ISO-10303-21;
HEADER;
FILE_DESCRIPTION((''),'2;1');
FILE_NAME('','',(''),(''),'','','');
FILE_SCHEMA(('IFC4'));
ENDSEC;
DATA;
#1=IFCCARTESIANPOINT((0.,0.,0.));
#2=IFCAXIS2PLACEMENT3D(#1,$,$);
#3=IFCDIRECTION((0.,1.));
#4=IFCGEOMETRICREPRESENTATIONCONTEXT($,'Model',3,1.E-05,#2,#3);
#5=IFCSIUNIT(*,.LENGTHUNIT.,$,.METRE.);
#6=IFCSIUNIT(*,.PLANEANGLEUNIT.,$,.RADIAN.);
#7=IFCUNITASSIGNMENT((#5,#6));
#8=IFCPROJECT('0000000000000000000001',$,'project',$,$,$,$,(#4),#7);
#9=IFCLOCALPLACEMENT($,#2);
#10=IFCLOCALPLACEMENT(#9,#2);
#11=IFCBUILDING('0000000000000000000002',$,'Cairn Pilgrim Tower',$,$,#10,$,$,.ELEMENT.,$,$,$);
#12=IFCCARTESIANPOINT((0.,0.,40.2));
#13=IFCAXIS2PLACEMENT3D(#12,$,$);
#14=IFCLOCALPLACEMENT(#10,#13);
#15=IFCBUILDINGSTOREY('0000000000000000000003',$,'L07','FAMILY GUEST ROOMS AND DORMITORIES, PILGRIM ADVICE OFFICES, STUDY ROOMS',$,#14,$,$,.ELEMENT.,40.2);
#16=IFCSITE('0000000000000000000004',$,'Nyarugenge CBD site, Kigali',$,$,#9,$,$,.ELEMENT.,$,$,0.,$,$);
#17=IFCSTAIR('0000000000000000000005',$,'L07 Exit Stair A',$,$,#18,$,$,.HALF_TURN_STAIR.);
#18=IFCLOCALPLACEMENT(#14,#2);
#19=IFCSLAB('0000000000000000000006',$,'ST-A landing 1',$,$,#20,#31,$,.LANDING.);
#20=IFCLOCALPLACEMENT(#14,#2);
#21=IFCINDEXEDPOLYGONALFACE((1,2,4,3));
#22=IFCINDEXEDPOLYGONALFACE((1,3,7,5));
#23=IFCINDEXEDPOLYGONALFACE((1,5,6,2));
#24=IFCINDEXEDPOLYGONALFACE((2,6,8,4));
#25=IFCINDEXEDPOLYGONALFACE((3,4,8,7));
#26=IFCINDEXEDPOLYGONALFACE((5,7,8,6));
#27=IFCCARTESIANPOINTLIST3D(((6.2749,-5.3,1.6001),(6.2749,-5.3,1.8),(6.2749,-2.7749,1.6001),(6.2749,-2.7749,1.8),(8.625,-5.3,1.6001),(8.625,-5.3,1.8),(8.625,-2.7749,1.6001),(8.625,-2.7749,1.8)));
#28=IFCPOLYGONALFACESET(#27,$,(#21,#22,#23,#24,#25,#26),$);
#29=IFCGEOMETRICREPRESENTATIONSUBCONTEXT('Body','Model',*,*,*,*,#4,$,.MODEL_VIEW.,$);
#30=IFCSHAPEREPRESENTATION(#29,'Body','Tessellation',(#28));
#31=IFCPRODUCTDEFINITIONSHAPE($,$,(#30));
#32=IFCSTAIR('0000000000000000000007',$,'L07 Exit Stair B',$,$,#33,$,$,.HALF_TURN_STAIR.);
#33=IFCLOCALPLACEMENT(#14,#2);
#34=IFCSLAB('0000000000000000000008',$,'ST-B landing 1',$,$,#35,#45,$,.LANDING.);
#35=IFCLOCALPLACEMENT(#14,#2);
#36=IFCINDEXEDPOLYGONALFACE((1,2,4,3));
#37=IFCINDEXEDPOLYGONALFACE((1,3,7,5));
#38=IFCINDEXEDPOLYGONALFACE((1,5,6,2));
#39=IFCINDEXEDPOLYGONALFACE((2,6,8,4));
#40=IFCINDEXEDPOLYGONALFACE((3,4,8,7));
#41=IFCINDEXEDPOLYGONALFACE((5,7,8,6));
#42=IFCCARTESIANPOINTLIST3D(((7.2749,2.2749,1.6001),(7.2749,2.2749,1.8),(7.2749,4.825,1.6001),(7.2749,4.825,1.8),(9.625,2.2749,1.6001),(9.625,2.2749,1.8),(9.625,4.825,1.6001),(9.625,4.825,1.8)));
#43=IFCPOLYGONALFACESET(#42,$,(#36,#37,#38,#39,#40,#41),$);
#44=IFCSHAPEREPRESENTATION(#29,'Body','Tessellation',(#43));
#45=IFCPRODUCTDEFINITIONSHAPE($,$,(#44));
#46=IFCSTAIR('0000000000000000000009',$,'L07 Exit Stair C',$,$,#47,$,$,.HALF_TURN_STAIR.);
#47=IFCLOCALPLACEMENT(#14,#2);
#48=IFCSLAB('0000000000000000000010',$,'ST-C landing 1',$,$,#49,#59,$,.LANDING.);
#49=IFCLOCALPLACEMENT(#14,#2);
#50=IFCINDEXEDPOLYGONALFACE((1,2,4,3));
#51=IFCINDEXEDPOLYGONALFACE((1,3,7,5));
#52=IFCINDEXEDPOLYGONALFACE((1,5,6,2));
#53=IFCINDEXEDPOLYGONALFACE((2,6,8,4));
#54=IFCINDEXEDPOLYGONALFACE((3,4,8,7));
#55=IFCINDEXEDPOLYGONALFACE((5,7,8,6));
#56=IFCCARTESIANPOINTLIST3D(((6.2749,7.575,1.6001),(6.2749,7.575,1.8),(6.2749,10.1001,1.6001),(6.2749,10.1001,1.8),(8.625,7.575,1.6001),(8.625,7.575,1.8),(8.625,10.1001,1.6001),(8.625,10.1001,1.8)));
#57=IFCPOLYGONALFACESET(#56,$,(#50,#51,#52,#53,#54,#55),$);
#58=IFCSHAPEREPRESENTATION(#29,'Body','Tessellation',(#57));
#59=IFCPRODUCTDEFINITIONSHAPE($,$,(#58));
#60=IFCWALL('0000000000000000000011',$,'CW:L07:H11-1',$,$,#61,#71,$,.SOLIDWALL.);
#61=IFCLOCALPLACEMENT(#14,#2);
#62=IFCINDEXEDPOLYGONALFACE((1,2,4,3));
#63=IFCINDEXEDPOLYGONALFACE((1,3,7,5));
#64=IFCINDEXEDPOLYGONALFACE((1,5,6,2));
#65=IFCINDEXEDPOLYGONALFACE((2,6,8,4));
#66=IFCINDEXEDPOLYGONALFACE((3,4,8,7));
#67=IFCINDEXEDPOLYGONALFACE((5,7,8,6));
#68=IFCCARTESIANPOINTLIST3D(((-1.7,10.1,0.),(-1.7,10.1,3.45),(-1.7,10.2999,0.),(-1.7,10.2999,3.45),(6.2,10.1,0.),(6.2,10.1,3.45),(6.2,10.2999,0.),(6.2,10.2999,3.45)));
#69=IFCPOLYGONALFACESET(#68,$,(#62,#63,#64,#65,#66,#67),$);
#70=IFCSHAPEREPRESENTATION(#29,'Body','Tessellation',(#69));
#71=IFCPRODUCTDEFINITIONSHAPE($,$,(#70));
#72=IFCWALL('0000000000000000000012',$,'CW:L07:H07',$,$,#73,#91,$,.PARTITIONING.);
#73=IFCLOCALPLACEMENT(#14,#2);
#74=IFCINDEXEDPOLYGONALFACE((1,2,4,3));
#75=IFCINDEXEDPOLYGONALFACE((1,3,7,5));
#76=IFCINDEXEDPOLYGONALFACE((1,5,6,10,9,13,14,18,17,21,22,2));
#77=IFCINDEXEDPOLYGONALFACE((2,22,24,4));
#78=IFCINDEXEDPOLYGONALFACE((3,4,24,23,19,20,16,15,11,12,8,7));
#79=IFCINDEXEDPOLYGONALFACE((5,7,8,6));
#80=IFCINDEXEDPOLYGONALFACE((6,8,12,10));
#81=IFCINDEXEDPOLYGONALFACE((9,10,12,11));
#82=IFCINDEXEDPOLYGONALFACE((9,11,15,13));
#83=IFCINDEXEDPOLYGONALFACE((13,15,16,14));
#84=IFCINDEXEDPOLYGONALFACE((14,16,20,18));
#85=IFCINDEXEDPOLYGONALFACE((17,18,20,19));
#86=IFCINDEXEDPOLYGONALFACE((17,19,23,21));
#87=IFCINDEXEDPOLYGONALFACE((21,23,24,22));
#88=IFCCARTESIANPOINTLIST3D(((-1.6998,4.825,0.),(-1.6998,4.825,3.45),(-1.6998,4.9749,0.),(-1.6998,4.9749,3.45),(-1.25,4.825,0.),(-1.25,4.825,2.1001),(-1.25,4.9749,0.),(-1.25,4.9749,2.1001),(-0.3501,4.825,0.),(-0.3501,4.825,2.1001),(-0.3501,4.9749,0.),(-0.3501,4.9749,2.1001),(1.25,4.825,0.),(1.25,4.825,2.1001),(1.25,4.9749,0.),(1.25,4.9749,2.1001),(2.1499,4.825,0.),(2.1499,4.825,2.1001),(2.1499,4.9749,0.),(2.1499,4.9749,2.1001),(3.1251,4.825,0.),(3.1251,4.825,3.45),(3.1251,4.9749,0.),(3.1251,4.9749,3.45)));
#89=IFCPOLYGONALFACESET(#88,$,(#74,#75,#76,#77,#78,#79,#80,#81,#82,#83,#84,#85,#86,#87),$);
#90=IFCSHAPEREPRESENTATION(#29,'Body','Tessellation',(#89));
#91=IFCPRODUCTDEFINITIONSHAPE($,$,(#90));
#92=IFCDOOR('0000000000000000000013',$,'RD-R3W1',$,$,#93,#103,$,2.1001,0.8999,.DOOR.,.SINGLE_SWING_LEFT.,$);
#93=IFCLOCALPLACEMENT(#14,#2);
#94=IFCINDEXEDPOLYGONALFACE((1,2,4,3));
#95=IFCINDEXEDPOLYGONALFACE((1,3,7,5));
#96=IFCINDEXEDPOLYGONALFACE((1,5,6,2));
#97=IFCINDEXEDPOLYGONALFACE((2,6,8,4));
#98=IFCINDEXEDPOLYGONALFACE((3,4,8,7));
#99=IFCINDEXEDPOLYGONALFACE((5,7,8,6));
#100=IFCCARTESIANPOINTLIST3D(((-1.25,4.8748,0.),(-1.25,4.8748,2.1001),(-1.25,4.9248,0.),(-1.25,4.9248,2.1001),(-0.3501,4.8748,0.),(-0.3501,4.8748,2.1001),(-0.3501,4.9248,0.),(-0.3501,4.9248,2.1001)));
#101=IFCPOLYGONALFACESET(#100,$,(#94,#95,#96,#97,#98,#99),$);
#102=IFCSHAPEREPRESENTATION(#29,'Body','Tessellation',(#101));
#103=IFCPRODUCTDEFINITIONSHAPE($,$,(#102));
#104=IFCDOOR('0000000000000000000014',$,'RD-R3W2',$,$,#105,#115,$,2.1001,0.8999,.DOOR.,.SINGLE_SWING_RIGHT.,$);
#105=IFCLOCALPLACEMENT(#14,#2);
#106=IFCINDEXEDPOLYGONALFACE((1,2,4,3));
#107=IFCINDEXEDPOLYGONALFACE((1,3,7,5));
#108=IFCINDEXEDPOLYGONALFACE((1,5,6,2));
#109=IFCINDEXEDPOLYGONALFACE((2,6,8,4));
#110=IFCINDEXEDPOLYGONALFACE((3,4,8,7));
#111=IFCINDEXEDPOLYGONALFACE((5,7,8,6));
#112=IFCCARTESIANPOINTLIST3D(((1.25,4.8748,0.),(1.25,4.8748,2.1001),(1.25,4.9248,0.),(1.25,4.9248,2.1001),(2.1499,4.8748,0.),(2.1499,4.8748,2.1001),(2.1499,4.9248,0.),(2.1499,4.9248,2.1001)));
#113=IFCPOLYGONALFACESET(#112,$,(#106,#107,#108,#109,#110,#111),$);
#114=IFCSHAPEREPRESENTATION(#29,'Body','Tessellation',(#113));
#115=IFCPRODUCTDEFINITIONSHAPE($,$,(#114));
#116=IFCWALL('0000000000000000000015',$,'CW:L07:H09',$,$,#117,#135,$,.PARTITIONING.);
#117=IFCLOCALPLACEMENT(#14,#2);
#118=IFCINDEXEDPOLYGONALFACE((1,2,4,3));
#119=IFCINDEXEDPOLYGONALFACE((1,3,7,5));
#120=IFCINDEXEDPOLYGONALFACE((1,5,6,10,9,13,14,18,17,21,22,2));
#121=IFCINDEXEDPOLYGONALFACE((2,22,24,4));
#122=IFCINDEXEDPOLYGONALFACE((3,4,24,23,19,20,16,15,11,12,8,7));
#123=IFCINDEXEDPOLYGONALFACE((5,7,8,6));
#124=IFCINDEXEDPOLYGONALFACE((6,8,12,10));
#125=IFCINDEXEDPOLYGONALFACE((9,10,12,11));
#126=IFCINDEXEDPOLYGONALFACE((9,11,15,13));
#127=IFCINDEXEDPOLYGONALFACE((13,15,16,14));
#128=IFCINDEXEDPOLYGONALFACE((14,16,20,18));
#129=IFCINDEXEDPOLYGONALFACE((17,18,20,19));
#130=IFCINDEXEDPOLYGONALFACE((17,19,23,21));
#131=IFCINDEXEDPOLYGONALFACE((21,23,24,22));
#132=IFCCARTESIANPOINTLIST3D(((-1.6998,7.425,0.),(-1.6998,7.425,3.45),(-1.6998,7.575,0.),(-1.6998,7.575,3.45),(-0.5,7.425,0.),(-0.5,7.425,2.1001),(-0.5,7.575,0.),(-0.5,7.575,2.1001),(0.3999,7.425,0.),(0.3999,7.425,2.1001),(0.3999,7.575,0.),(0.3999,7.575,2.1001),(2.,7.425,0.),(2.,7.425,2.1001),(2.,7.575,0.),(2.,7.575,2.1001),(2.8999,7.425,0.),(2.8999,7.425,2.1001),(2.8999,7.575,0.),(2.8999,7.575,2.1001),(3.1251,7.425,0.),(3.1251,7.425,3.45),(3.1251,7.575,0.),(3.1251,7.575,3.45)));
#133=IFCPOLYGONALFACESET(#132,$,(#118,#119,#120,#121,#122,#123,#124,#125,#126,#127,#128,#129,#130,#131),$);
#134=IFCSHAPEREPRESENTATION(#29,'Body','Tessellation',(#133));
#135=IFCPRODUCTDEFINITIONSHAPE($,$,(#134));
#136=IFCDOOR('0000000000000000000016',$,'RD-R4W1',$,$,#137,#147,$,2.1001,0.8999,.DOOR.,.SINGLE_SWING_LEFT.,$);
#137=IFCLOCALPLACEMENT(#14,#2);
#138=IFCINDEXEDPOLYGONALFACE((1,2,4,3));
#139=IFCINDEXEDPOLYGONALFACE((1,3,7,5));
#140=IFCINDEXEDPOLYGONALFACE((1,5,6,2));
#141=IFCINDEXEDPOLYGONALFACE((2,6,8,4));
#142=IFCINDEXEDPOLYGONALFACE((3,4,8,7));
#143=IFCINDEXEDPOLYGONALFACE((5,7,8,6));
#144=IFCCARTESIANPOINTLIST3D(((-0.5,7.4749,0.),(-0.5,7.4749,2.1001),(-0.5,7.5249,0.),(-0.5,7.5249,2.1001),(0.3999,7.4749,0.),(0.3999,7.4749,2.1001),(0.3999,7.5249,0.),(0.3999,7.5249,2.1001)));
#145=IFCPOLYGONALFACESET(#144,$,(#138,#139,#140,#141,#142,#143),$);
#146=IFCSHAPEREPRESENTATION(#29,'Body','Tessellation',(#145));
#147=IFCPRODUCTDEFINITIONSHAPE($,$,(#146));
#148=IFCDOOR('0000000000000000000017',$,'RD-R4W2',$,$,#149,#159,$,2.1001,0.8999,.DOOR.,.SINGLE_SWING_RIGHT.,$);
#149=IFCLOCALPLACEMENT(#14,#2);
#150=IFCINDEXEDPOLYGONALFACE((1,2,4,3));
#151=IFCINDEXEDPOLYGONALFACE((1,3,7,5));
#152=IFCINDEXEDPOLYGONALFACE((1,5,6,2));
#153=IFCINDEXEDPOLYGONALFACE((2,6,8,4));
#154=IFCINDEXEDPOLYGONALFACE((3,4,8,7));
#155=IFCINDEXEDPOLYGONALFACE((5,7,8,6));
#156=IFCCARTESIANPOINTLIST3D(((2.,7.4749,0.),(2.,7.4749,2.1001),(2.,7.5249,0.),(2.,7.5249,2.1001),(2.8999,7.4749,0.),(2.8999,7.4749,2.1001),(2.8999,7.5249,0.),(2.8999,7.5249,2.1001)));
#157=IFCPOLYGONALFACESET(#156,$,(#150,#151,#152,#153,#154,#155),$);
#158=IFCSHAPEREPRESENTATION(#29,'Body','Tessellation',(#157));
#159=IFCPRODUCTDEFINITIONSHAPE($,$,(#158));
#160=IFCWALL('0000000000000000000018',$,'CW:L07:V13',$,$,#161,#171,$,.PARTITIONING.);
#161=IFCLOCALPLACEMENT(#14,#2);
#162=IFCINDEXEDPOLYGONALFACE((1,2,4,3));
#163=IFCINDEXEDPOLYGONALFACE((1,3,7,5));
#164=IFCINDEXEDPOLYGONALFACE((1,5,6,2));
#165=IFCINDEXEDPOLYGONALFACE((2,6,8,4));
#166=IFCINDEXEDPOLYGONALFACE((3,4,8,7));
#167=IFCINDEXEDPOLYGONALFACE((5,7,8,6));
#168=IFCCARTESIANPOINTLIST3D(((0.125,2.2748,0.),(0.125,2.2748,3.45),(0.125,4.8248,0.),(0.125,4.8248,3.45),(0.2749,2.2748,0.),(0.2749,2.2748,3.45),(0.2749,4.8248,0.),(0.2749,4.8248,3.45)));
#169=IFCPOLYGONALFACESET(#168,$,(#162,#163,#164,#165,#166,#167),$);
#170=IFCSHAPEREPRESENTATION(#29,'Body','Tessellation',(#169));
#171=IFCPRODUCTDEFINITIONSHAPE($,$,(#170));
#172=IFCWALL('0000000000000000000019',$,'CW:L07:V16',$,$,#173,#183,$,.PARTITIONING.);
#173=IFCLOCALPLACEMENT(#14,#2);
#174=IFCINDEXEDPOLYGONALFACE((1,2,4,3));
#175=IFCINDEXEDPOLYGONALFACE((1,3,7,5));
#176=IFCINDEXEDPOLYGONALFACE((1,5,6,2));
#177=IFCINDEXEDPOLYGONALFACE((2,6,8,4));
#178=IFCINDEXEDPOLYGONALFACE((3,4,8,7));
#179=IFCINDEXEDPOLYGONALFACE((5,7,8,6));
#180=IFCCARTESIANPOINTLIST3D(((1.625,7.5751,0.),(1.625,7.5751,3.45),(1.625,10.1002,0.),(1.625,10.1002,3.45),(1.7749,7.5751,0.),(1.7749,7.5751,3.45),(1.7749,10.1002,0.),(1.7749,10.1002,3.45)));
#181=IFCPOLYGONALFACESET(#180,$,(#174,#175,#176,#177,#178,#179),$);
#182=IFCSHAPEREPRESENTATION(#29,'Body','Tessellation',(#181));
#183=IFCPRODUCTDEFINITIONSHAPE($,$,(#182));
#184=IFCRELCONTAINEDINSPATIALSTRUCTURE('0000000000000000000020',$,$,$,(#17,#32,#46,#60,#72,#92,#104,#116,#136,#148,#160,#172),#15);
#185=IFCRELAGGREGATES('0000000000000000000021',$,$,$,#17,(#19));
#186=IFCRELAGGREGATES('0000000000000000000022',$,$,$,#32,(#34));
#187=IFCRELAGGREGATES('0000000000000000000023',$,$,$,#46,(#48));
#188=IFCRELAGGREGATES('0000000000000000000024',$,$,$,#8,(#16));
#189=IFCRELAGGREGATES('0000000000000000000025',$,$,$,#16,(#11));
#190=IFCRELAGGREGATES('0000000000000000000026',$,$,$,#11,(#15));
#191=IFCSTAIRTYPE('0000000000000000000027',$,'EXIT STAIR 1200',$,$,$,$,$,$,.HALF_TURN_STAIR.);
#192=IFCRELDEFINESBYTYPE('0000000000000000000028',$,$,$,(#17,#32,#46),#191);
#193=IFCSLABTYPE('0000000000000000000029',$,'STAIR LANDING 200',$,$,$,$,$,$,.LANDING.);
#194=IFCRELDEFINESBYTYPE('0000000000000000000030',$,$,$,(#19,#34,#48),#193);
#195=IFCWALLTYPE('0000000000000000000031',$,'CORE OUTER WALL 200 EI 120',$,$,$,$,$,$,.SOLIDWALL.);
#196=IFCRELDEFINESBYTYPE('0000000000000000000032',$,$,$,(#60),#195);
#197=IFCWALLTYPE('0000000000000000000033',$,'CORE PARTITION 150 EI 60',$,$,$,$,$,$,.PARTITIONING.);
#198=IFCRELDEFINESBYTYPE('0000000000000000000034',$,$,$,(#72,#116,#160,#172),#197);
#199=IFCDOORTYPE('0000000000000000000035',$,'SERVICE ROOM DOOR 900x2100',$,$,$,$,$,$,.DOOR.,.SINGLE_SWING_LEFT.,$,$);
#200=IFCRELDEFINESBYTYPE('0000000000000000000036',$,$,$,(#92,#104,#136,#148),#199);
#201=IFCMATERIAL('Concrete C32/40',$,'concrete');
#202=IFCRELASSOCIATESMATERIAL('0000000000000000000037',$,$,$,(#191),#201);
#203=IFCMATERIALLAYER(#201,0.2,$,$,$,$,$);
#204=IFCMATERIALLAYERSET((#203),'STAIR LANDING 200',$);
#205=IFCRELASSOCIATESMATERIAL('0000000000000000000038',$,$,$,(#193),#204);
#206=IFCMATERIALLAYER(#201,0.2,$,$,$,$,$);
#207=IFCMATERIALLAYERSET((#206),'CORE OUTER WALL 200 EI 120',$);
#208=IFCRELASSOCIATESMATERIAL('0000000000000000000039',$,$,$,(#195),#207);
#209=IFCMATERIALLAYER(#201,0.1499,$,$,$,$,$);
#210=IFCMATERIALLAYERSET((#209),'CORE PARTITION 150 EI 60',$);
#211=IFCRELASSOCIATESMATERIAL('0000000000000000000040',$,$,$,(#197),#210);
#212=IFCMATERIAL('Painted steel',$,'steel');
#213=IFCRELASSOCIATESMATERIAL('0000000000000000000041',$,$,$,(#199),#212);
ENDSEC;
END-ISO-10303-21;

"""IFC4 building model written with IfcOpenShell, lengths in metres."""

from ifc_helpers import new_model, si_unit, direction, frame, frame_2d, origin, place, context, subcontext, project, spatial, polyline, rectangle, outline, extrude, material, layer, layer_set, type_object, element, fill, aggregate, save


model = new_model("IFC4")

# Units and contexts
model_context = context("Model", 3, precision=1e-05, world=origin(), true_north=direction((0.0, 1.0)))
body_context = subcontext(model_context, "Body", "Model", "MODEL_VIEW")
ifc_project = project(units=[si_unit("LENGTHUNIT", "METRE"), si_unit("PLANEANGLEUNIT", "RADIAN")], contexts=[model_context])

# Site, building, storey
site_placement = place(None, origin())
site = spatial("IfcSite", under=ifc_project, at=site_placement, Name="Nyarugenge CBD site, Kigali", CompositionType="ELEMENT", RefElevation=0.0)
building_placement = place(site_placement, origin())
building = spatial("IfcBuilding", under=site, at=building_placement, Name="Cairn Pilgrim Tower", CompositionType="ELEMENT")
storey_placement = place(building_placement, frame((0.0, 0.0, 40.2)))
storey = spatial("IfcBuildingStorey", under=building, at=storey_placement, Name="L07", Description="FAMILY GUEST ROOMS AND DORMITORIES, PILGRIM ADVICE OFFICES, STUDY ROOMS", CompositionType="ELEMENT", Elevation=40.2)

# Stairs, slabs
ifc_material_1 = material(Name="Concrete C32/40", Category="concrete")
stair_type = type_object("IfcStairType", Name="EXIT STAIR 1200", PredefinedType="HALF_TURN_STAIR", material=ifc_material_1)
stair_1_placement = place(storey_placement, origin())
stair_1 = element("IfcStair", 1, at=stair_1_placement, inside=storey, type_object=stair_type, Name="L07 Exit Stair A", PredefinedType="HALF_TURN_STAIR")
ifc_layer_1 = layer(ifc_material_1, 0.2)
ifc_layer_set_1 = layer_set([ifc_layer_1], Name="STAIR LANDING 200")
slab_type_1 = type_object("IfcSlabType", Name="STAIR LANDING 200", PredefinedType="LANDING", material=ifc_layer_set_1)
slab_1_placement = place(storey_placement, frame((0.0, 0.0, 1.6001)))
slab_1 = element("IfcSlab", 2, at=slab_1_placement, type_object=slab_type_1, Name="ST-A landing 1", PredefinedType="LANDING", context=body_context, shape_type="SweptSolid", body=[
    extrude(outline(polyline([(8.625, -2.7749), (6.2749, -2.7749), (6.2749, -5.3), (8.625, -5.3), (8.625, -2.7749)])), origin(), (0.0, 0.0, 1.0), 0.2),
])
aggregate(stair_1, [slab_1])
stair_2_placement = place(storey_placement, origin())
stair_2 = element("IfcStair", 3, at=stair_2_placement, inside=storey, type_object=stair_type, Name="L07 Exit Stair B", PredefinedType="HALF_TURN_STAIR")
slab_2_placement = place(storey_placement, frame((0.0, 0.0, 1.6001)))
slab_2 = element("IfcSlab", 4, at=slab_2_placement, type_object=slab_type_1, Name="ST-B landing 1", PredefinedType="LANDING", context=body_context, shape_type="SweptSolid", body=[
    extrude(outline(polyline([(7.2749, 2.2749), (9.625, 2.2749), (9.625, 4.825), (7.2749, 4.825), (7.2749, 2.2749)])), origin(), (0.0, 0.0, 1.0), 0.2),
])
aggregate(stair_2, [slab_2])
stair_3_placement = place(storey_placement, origin())
stair_3 = element("IfcStair", 5, at=stair_3_placement, inside=storey, type_object=stair_type, Name="L07 Exit Stair C", PredefinedType="HALF_TURN_STAIR")
slab_3_placement = place(storey_placement, frame((0.0, 0.0, 1.6001)))
slab_3 = element("IfcSlab", 6, at=slab_3_placement, type_object=slab_type_1, Name="ST-C landing 1", PredefinedType="LANDING", context=body_context, shape_type="SweptSolid", body=[
    extrude(outline(polyline([(8.625, 10.1001), (6.2749, 10.1001), (6.2749, 7.575), (8.625, 7.575), (8.625, 10.1001)])), origin(), (0.0, 0.0, 1.0), 0.2),
])
aggregate(stair_3, [slab_3])

# Wall
ifc_layer_2 = layer(ifc_material_1, 0.2)
ifc_layer_set_2 = layer_set([ifc_layer_2], Name="CORE OUTER WALL 200 EI 120")
wall_type_1 = type_object("IfcWallType", Name="CORE OUTER WALL 200 EI 120", PredefinedType="SOLIDWALL", material=ifc_layer_set_2)
wall_1_placement = place(storey_placement, frame((-1.7, 10.2, 0.0), z_axis=(0.0, 0.0, 1.0), x_axis=(1.0, 0.0, 0.0)))
element("IfcWall", 7, at=wall_1_placement, inside=storey, type_object=wall_type_1, Name="CW:L07:H11-1", PredefinedType="SOLIDWALL", context=body_context, shape_type="SweptSolid", body=[
    extrude(rectangle(XDim=7.8999, YDim=0.2, at=frame_2d((3.95, 0.0))), origin(), (0.0, 0.0, 1.0), 3.45),
])

# Walls, openings, doors
ifc_layer_3 = layer(ifc_material_1, 0.1499)
ifc_layer_set_3 = layer_set([ifc_layer_3], Name="CORE PARTITION 150 EI 60")
wall_type_2 = type_object("IfcWallType", Name="CORE PARTITION 150 EI 60", PredefinedType="PARTITIONING", material=ifc_layer_set_3)
wall_2_placement = place(storey_placement, frame((-1.7, 4.8999, 0.0), z_axis=(0.0, 0.0, 1.0), x_axis=(1.0, 0.0, 0.0)))
wall_2 = element("IfcWall", 8, at=wall_2_placement, inside=storey, type_object=wall_type_2, Name="CW:L07:H07", PredefinedType="PARTITIONING", context=body_context, shape_type="SweptSolid", body=[
    extrude(rectangle(XDim=4.825, YDim=0.1499, at=frame_2d((2.4126, 0.0))), origin(), (0.0, 0.0, 1.0), 3.45),
])
opening_1_placement = place(wall_2_placement, frame((0.45, 0.0, 0.0)))
opening_1 = element("IfcOpeningElement", 9, at=opening_1_placement, cuts=wall_2, PredefinedType="OPENING", context=body_context, shape_type="SweptSolid", body=[
    extrude(rectangle(XDim=0.8999, YDim=2.1001, at=frame_2d((0.45, 1.05))), frame((0.0, 0.085, 0.0), z_axis=(0.0, -1.0, 0.0), x_axis=(1.0, 0.0, 0.0)), (0.0, 0.0, 1.0), 0.1699),
])
opening_2_placement = place(wall_2_placement, frame((2.95, 0.0, 0.0)))
opening_2 = element("IfcOpeningElement", 10, at=opening_2_placement, cuts=wall_2, PredefinedType="OPENING", context=body_context, shape_type="SweptSolid", body=[
    extrude(rectangle(XDim=0.8999, YDim=2.1001, at=frame_2d((0.45, 1.05))), frame((0.0, 0.085, 0.0), z_axis=(0.0, -1.0, 0.0), x_axis=(1.0, 0.0, 0.0)), (0.0, 0.0, 1.0), 0.1699),
])
ifc_material_2 = material(Name="Painted steel", Category="steel")
door_type = type_object("IfcDoorType", Name="SERVICE ROOM DOOR 900x2100", OperationType="SINGLE_SWING_LEFT", PredefinedType="DOOR", material=ifc_material_2)
door_1_placement = place(opening_1_placement, origin())
door_1 = element("IfcDoor", 11, at=door_1_placement, inside=storey, type_object=door_type, Name="RD-R3W1", OperationType="SINGLE_SWING_LEFT", OverallHeight=2.1001, OverallWidth=0.8999, PredefinedType="DOOR", context=body_context, shape_type="SweptSolid", body=[
    extrude(rectangle(XDim=0.8999, YDim=2.1001, at=frame_2d((0.45, 1.05))), frame((0.0, 0.0249, 0.0), z_axis=(0.0, -1.0, 0.0), x_axis=(1.0, 0.0, 0.0)), (0.0, 0.0, 1.0), 0.05),
])
fill(opening_1, door_1)
door_2_placement = place(opening_2_placement, origin())
door_2 = element("IfcDoor", 12, at=door_2_placement, inside=storey, type_object=door_type, Name="RD-R3W2", OperationType="SINGLE_SWING_RIGHT", OverallHeight=2.1001, OverallWidth=0.8999, PredefinedType="DOOR", context=body_context, shape_type="SweptSolid", body=[
    extrude(rectangle(XDim=0.8999, YDim=2.1001, at=frame_2d((0.45, 1.05))), frame((0.0, 0.0249, 0.0), z_axis=(0.0, -1.0, 0.0), x_axis=(1.0, 0.0, 0.0)), (0.0, 0.0, 1.0), 0.05),
])
fill(opening_2, door_2)
wall_3_placement = place(storey_placement, frame((-1.7, 7.5, 0.0), z_axis=(0.0, 0.0, 1.0), x_axis=(1.0, 0.0, 0.0)))
wall_3 = element("IfcWall", 13, at=wall_3_placement, inside=storey, type_object=wall_type_2, Name="CW:L07:H09", PredefinedType="PARTITIONING", context=body_context, shape_type="SweptSolid", body=[
    extrude(rectangle(XDim=4.825, YDim=0.1499, at=frame_2d((2.4126, 0.0))), origin(), (0.0, 0.0, 1.0), 3.45),
])
opening_3_placement = place(wall_3_placement, frame((1.2, 0.0, 0.0)))
opening_3 = element("IfcOpeningElement", 14, at=opening_3_placement, cuts=wall_3, PredefinedType="OPENING", context=body_context, shape_type="SweptSolid", body=[
    extrude(rectangle(XDim=0.8999, YDim=2.1001, at=frame_2d((0.45, 1.05))), frame((0.0, 0.085, 0.0), z_axis=(0.0, -1.0, 0.0), x_axis=(1.0, 0.0, 0.0)), (0.0, 0.0, 1.0), 0.1699),
])
opening_4_placement = place(wall_3_placement, frame((3.7, 0.0, 0.0)))
opening_4 = element("IfcOpeningElement", 15, at=opening_4_placement, cuts=wall_3, PredefinedType="OPENING", context=body_context, shape_type="SweptSolid", body=[
    extrude(rectangle(XDim=0.8999, YDim=2.1001, at=frame_2d((0.45, 1.05))), frame((0.0, 0.085, 0.0), z_axis=(0.0, -1.0, 0.0), x_axis=(1.0, 0.0, 0.0)), (0.0, 0.0, 1.0), 0.1699),
])
door_3_placement = place(opening_3_placement, origin())
door_3 = element("IfcDoor", 16, at=door_3_placement, inside=storey, type_object=door_type, Name="RD-R4W1", OperationType="SINGLE_SWING_LEFT", OverallHeight=2.1001, OverallWidth=0.8999, PredefinedType="DOOR", context=body_context, shape_type="SweptSolid", body=[
    extrude(rectangle(XDim=0.8999, YDim=2.1001, at=frame_2d((0.45, 1.05))), frame((0.0, 0.0249, 0.0), z_axis=(0.0, -1.0, 0.0), x_axis=(1.0, 0.0, 0.0)), (0.0, 0.0, 1.0), 0.05),
])
fill(opening_3, door_3)
door_4_placement = place(opening_4_placement, origin())
door_4 = element("IfcDoor", 17, at=door_4_placement, inside=storey, type_object=door_type, Name="RD-R4W2", OperationType="SINGLE_SWING_RIGHT", OverallHeight=2.1001, OverallWidth=0.8999, PredefinedType="DOOR", context=body_context, shape_type="SweptSolid", body=[
    extrude(rectangle(XDim=0.8999, YDim=2.1001, at=frame_2d((0.45, 1.05))), frame((0.0, 0.0249, 0.0), z_axis=(0.0, -1.0, 0.0), x_axis=(1.0, 0.0, 0.0)), (0.0, 0.0, 1.0), 0.05),
])
fill(opening_4, door_4)

# Walls
wall_4_placement = place(storey_placement, frame((0.2, 2.2749, 0.0), z_axis=(0.0, 0.0, 1.0), x_axis=(0.0, 1.0, 0.0)))
element("IfcWall", 18, at=wall_4_placement, inside=storey, type_object=wall_type_2, Name="CW:L07:V13", PredefinedType="PARTITIONING", context=body_context, shape_type="SweptSolid", body=[
    extrude(rectangle(XDim=2.55, YDim=0.1499, at=frame_2d((1.2749, 0.0))), origin(), (0.0, 0.0, 1.0), 3.45),
])
wall_5_placement = place(storey_placement, frame((1.7, 7.575, 0.0), z_axis=(0.0, 0.0, 1.0), x_axis=(0.0, 1.0, 0.0)))
element("IfcWall", 19, at=wall_5_placement, inside=storey, type_object=wall_type_2, Name="CW:L07:V16", PredefinedType="PARTITIONING", context=body_context, shape_type="SweptSolid", body=[
    extrude(rectangle(XDim=2.5251, YDim=0.1499, at=frame_2d((1.2627, 0.0))), origin(), (0.0, 0.0, 1.0), 3.45),
])

save(model, "model.ifc")
